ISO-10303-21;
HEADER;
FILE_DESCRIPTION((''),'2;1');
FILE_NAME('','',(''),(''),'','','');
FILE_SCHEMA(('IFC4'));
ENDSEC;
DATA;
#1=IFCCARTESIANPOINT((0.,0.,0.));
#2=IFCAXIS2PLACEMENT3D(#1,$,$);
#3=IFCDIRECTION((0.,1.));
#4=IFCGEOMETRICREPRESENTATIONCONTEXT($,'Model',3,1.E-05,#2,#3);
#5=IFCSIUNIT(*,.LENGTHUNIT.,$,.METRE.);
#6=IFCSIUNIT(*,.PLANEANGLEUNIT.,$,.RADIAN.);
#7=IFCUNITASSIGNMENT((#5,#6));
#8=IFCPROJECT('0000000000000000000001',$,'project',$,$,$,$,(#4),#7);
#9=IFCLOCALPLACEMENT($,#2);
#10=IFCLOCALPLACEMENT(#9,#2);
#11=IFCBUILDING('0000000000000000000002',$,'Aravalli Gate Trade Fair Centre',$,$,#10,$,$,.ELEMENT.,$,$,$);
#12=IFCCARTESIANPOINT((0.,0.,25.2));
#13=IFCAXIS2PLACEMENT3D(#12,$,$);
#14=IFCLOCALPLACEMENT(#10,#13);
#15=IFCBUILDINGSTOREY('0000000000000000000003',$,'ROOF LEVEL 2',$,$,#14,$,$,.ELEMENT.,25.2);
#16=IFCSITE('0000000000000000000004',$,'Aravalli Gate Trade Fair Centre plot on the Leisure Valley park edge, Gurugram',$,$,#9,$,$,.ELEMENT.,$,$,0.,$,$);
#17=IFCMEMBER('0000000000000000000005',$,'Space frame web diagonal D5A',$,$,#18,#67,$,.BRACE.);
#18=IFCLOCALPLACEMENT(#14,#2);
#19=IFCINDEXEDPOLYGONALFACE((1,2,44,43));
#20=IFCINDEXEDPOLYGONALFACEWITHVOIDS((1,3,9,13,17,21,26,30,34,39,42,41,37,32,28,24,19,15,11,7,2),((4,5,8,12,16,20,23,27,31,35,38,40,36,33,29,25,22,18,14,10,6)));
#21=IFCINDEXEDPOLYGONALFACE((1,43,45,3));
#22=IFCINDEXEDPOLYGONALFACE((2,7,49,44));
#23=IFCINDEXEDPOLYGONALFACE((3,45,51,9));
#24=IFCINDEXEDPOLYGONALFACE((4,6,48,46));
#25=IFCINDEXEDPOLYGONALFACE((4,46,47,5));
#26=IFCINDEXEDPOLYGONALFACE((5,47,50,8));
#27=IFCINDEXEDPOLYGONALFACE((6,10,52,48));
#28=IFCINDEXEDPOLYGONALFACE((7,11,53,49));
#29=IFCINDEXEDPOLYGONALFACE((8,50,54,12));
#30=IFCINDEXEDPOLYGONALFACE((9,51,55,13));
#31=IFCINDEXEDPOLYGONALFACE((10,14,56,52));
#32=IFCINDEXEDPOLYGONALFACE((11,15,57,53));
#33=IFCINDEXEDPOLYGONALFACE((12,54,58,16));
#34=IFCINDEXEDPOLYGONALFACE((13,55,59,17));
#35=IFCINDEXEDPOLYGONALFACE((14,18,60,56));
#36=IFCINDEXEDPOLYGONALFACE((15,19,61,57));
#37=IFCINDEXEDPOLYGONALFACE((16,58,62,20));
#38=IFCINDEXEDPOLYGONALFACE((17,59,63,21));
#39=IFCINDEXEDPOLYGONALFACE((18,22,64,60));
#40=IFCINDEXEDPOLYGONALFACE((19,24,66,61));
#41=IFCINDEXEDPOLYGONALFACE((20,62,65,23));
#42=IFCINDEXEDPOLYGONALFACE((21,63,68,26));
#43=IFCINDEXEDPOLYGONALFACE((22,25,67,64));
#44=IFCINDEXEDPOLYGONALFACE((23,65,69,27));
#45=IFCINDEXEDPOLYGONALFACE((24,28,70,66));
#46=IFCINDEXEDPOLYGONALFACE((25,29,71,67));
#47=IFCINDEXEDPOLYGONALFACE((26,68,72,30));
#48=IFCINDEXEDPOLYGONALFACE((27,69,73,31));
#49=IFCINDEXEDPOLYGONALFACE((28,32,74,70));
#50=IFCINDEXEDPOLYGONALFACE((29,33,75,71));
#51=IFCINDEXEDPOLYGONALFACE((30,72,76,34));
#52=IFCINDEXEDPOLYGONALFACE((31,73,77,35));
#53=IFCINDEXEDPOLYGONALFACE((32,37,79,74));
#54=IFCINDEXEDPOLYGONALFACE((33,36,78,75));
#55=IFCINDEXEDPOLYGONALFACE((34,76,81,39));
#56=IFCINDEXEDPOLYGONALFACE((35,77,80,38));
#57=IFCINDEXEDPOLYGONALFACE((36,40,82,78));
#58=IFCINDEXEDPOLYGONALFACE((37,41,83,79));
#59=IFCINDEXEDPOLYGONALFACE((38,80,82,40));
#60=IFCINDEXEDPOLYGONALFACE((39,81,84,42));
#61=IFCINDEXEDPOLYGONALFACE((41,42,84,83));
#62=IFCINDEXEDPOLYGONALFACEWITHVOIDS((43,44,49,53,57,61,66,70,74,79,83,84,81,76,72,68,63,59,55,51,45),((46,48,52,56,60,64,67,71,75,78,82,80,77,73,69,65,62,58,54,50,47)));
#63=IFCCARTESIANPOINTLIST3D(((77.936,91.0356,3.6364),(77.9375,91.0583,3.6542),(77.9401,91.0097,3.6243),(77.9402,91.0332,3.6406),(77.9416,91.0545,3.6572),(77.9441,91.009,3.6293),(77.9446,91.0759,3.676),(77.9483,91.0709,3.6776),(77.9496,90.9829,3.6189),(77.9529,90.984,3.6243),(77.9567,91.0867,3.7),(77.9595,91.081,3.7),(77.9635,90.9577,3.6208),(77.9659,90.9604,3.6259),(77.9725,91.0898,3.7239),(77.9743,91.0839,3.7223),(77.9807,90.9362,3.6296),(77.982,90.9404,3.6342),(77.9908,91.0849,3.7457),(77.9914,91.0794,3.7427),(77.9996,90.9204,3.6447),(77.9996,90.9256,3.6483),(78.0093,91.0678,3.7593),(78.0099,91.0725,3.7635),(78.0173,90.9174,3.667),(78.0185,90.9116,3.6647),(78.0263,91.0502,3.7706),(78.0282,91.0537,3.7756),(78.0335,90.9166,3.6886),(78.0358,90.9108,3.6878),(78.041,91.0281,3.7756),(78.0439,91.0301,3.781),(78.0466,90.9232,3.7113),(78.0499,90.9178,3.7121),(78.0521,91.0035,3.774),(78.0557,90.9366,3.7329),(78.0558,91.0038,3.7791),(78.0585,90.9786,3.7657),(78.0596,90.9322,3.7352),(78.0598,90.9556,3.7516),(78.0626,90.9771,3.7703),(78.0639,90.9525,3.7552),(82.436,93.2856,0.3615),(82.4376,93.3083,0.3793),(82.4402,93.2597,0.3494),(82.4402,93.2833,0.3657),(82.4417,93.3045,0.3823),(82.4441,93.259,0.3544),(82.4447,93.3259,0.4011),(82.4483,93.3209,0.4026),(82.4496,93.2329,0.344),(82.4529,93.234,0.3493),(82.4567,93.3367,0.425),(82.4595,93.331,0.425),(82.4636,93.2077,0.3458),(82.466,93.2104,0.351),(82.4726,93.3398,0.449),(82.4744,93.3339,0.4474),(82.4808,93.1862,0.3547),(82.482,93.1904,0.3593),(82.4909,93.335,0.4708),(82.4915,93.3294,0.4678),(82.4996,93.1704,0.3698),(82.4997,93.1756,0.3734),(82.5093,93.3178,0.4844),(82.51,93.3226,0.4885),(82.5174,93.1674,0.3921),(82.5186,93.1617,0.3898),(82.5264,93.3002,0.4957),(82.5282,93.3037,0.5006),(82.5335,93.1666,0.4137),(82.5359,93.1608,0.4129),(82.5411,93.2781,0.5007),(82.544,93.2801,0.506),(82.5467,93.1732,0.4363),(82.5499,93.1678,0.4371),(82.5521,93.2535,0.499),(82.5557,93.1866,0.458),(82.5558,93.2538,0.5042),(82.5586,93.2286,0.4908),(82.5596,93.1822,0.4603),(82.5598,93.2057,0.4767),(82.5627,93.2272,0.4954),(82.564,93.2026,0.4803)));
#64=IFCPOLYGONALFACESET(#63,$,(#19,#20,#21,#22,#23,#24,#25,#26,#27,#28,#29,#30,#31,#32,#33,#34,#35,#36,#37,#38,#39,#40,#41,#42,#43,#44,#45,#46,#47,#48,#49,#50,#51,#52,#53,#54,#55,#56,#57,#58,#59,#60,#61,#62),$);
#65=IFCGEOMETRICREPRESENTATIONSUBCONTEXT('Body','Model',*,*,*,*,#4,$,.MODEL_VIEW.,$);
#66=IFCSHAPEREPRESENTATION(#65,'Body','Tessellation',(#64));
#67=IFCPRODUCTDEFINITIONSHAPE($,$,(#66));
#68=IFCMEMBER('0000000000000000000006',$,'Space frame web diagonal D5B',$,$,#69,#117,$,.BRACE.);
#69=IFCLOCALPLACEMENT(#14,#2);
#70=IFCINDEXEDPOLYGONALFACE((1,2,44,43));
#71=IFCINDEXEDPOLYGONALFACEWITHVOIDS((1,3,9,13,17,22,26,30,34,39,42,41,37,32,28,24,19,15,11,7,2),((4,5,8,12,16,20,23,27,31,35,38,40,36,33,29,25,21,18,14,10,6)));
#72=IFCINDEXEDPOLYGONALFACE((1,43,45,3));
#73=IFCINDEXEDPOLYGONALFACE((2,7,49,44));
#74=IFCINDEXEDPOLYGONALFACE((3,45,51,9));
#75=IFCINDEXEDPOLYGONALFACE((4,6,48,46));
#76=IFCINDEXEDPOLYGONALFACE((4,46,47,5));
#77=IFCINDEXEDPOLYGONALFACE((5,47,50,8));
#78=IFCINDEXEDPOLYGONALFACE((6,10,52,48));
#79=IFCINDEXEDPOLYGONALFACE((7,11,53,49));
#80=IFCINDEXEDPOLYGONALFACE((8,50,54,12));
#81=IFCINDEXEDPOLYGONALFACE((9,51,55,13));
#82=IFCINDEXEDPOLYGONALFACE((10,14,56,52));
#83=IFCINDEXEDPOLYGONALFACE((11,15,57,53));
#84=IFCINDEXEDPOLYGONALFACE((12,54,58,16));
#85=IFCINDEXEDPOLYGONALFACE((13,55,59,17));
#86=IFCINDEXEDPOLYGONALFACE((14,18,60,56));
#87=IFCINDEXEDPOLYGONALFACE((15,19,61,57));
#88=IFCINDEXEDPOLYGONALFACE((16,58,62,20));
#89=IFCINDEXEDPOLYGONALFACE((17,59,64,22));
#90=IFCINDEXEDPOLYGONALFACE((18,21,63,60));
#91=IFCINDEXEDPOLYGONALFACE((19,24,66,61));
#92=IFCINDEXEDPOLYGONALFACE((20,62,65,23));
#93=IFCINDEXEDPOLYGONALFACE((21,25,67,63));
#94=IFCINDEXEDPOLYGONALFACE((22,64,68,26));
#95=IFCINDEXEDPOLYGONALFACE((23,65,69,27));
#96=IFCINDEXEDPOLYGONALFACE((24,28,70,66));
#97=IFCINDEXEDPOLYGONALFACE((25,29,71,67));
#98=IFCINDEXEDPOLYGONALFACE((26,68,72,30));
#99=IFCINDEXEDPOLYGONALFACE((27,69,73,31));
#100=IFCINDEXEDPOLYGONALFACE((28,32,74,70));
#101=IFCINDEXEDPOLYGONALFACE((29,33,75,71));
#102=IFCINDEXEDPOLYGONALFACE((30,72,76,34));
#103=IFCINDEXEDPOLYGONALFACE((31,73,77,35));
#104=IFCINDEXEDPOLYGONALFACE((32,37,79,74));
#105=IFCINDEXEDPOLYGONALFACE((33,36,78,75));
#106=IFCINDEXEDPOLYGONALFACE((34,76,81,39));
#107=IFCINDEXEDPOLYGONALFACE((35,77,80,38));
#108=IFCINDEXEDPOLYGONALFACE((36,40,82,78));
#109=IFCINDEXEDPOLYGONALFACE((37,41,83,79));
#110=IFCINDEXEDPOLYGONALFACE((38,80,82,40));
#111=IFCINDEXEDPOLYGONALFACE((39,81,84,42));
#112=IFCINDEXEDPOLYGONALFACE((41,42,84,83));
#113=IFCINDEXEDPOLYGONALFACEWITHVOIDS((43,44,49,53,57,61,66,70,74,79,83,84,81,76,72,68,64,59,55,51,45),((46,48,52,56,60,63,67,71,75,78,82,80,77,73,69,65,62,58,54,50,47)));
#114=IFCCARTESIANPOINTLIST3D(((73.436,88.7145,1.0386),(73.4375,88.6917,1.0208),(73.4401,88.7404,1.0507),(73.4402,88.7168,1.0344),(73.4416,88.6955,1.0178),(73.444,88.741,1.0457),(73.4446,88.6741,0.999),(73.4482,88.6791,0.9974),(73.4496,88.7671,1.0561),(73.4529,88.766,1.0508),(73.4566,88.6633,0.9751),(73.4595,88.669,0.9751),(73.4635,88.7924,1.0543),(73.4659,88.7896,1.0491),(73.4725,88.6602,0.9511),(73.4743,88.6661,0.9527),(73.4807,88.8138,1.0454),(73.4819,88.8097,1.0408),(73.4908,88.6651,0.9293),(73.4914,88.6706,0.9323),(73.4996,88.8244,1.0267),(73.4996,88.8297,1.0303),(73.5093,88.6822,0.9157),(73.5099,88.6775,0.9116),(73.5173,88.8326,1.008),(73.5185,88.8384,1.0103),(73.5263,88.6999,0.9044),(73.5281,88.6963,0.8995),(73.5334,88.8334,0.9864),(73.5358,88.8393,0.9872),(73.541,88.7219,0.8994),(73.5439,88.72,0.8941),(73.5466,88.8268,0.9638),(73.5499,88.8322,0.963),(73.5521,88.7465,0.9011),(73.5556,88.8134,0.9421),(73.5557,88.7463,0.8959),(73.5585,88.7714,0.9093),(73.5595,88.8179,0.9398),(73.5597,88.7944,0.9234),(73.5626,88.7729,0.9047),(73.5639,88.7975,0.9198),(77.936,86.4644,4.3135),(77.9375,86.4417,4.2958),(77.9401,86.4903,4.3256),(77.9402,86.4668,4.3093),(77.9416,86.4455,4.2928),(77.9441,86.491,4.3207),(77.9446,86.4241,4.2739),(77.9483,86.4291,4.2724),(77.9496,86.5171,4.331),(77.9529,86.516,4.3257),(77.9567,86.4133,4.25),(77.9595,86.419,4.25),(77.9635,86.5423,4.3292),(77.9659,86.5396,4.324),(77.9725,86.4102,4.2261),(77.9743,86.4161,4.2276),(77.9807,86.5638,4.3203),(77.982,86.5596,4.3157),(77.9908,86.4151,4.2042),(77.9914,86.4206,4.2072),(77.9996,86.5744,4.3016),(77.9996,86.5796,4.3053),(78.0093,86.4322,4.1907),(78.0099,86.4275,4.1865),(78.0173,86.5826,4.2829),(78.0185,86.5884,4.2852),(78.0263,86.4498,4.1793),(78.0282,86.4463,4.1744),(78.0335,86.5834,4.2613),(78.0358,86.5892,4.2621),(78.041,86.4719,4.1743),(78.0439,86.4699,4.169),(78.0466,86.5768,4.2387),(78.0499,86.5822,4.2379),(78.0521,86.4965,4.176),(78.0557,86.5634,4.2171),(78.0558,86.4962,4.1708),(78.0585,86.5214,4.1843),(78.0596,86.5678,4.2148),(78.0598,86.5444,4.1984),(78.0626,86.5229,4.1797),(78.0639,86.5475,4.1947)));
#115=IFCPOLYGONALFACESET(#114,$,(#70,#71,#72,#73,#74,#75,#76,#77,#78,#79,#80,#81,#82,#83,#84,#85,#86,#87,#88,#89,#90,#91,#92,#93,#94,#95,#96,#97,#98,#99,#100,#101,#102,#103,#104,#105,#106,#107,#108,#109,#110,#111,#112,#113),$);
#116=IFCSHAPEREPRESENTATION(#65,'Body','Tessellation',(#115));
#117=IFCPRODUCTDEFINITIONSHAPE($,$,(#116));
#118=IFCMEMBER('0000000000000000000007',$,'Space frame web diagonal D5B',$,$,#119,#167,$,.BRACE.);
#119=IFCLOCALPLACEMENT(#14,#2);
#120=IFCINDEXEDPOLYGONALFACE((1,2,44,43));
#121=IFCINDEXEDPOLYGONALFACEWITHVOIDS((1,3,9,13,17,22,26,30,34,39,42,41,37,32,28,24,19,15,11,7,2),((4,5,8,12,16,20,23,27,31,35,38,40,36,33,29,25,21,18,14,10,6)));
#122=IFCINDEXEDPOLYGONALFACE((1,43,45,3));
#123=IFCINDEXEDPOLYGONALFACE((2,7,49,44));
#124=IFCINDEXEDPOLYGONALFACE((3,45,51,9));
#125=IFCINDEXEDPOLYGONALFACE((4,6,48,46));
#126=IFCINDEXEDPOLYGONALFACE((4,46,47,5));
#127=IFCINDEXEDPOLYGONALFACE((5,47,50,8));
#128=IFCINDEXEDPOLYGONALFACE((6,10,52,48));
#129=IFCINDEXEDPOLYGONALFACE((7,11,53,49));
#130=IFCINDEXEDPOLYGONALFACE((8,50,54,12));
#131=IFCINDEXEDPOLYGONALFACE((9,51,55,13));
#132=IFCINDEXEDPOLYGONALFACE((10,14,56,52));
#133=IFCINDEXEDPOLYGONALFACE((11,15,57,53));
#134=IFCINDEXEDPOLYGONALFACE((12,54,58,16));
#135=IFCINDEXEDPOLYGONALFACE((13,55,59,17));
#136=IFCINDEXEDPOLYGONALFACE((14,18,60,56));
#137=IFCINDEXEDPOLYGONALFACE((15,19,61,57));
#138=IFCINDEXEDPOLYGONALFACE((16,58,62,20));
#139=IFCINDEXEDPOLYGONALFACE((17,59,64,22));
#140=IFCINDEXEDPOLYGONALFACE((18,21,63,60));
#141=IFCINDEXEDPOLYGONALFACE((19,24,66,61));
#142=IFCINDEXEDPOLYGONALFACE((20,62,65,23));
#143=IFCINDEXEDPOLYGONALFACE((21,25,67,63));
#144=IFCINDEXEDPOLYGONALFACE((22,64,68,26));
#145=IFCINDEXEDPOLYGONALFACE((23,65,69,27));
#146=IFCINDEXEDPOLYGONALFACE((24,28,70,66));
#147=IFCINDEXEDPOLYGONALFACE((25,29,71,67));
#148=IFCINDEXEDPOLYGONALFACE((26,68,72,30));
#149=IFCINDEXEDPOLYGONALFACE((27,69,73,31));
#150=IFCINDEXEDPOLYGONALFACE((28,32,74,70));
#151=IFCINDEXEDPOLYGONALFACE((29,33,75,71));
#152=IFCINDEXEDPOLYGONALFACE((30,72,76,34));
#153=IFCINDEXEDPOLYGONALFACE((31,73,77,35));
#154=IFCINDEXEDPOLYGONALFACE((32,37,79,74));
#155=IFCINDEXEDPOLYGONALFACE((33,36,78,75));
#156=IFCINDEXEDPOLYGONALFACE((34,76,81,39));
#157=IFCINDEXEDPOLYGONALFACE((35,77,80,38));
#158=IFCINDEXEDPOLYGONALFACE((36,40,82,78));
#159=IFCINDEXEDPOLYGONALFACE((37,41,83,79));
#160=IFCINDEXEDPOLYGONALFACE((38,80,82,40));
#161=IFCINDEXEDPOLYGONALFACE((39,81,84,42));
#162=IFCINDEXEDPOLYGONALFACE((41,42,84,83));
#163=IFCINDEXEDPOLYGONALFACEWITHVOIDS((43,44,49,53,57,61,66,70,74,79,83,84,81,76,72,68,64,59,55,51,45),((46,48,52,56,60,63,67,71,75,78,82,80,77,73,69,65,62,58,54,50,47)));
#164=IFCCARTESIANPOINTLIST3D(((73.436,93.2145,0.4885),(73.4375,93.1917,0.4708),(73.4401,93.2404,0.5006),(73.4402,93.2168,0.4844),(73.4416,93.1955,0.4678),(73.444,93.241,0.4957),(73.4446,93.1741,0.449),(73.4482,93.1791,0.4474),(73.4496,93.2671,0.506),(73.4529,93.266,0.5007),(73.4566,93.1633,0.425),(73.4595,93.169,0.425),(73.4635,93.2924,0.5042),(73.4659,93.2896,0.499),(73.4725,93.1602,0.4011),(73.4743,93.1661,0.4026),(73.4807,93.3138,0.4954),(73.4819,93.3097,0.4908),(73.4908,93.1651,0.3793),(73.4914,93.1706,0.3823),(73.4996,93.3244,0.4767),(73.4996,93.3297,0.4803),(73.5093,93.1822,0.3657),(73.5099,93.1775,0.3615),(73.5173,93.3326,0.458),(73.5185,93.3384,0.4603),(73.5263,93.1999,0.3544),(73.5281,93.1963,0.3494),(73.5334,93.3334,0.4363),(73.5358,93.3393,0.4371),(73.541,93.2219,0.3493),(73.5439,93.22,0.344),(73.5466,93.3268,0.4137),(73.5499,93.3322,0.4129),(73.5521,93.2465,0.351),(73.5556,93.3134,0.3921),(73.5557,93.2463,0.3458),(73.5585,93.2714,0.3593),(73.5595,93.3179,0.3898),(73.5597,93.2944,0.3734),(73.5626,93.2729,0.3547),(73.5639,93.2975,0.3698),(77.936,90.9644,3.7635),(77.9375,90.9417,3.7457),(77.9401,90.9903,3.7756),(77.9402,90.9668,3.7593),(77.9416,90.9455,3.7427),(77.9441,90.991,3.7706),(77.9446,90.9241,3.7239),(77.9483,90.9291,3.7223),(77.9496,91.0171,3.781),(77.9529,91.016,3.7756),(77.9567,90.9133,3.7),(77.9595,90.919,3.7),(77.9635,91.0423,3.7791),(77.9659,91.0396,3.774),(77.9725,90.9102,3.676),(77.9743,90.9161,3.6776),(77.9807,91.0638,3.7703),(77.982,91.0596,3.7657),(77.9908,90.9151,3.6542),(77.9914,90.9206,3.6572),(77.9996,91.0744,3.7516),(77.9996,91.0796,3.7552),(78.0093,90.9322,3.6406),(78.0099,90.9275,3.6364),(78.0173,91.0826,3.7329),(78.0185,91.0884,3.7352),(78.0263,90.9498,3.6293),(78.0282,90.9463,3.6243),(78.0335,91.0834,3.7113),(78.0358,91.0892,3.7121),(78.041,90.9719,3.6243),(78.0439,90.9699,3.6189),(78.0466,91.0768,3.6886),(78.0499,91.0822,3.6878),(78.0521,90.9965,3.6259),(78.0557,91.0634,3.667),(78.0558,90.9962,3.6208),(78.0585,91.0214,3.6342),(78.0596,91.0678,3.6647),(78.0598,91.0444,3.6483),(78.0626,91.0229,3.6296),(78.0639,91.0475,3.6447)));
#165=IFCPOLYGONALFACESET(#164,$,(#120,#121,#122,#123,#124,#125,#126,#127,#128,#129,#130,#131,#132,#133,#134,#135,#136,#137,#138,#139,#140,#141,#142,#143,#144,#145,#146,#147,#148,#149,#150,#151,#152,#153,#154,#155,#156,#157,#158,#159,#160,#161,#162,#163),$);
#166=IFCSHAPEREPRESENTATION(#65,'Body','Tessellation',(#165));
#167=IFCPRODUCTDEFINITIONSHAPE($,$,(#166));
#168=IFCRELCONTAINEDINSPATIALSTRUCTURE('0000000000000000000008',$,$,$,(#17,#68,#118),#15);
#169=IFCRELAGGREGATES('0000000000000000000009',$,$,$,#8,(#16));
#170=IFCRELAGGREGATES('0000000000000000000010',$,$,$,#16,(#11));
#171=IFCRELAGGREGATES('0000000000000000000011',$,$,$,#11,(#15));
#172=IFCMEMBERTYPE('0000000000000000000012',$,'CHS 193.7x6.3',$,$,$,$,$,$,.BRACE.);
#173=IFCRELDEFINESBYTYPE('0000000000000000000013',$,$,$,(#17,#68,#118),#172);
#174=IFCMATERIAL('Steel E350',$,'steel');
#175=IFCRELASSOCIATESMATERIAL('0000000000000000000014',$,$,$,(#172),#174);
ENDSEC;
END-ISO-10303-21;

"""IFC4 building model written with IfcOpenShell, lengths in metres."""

from ifc_helpers import new_model, si_unit, direction, frame, origin, origin_2d, place, context, subcontext, project, spatial, hollow_circle, extrude, material, material_profile, profile_set, type_object, element, save


model = new_model("IFC4")

# Units and contexts
model_context = context("Model", 3, precision=1e-05, world=origin(), true_north=direction((0.0, 1.0)))
body_context = subcontext(model_context, "Body", "Model", "MODEL_VIEW")
ifc_project = project(units=[si_unit("LENGTHUNIT", "METRE"), si_unit("PLANEANGLEUNIT", "RADIAN")], contexts=[model_context])

# Site, building, storey
site_placement = place(None, origin())
site = spatial("IfcSite", under=ifc_project, at=site_placement, Name="Aravalli Gate Trade Fair Centre plot on the Leisure Valley park edge, Gurugram", CompositionType="ELEMENT", RefElevation=0.0)
building_placement = place(site_placement, origin())
building = spatial("IfcBuilding", under=site, at=building_placement, Name="Aravalli Gate Trade Fair Centre", CompositionType="ELEMENT")
storey_placement = place(building_placement, frame((0.0, 0.0, 25.2)))
storey = spatial("IfcBuildingStorey", under=building, at=storey_placement, Name="ROOF LEVEL 2", CompositionType="ELEMENT", Elevation=25.2)

# Members
ifc_material_1 = material(Name="Steel E350", Category="steel")
ifc_material_profile_1 = material_profile(ifc_material_1, hollow_circle(Radius=0.0969, WallThickness=0.0063, at=origin_2d()), Name="CHS 193.7x6.3")
ifc_profile_set_1 = profile_set([ifc_material_profile_1], Name="Steel E350")
member_type_1 = type_object("IfcMemberType", Name="CHS 193.7x6.3", PredefinedType="BRACE", material=ifc_profile_set_1)
for number, where, z_axis, x_axis, name in (
    (1, (78.0, 91.0, 3.7), (0.74961, 0.374805, -0.545533), (-0.447214, 0.894427, 0.0), "Space frame web diagonal D5A"),
    (2, (78.0, 86.5, 4.25), (-0.74961, 0.374805, -0.545533), (-0.447214, -0.894427, 0.0), "Space frame web diagonal D5B"),
    (3, (78.0, 91.0, 3.7), (-0.74961, 0.374805, -0.545533), (-0.447214, -0.894427, 0.0), "Space frame web diagonal D5B"),
):
    element("IfcMember", number, at=place(storey_placement, frame(where, z_axis=z_axis, x_axis=x_axis)), inside=storey, type_object=member_type_1, Name=name, PredefinedType="BRACE", context=body_context, shape_type="SweptSolid", body=[
        extrude(hollow_circle(Radius=0.0969, WallThickness=0.0063, at=origin_2d()), origin(), (0.0, 0.0, 1.0), 6.0032),
    ])

save(model, "model.ifc")
